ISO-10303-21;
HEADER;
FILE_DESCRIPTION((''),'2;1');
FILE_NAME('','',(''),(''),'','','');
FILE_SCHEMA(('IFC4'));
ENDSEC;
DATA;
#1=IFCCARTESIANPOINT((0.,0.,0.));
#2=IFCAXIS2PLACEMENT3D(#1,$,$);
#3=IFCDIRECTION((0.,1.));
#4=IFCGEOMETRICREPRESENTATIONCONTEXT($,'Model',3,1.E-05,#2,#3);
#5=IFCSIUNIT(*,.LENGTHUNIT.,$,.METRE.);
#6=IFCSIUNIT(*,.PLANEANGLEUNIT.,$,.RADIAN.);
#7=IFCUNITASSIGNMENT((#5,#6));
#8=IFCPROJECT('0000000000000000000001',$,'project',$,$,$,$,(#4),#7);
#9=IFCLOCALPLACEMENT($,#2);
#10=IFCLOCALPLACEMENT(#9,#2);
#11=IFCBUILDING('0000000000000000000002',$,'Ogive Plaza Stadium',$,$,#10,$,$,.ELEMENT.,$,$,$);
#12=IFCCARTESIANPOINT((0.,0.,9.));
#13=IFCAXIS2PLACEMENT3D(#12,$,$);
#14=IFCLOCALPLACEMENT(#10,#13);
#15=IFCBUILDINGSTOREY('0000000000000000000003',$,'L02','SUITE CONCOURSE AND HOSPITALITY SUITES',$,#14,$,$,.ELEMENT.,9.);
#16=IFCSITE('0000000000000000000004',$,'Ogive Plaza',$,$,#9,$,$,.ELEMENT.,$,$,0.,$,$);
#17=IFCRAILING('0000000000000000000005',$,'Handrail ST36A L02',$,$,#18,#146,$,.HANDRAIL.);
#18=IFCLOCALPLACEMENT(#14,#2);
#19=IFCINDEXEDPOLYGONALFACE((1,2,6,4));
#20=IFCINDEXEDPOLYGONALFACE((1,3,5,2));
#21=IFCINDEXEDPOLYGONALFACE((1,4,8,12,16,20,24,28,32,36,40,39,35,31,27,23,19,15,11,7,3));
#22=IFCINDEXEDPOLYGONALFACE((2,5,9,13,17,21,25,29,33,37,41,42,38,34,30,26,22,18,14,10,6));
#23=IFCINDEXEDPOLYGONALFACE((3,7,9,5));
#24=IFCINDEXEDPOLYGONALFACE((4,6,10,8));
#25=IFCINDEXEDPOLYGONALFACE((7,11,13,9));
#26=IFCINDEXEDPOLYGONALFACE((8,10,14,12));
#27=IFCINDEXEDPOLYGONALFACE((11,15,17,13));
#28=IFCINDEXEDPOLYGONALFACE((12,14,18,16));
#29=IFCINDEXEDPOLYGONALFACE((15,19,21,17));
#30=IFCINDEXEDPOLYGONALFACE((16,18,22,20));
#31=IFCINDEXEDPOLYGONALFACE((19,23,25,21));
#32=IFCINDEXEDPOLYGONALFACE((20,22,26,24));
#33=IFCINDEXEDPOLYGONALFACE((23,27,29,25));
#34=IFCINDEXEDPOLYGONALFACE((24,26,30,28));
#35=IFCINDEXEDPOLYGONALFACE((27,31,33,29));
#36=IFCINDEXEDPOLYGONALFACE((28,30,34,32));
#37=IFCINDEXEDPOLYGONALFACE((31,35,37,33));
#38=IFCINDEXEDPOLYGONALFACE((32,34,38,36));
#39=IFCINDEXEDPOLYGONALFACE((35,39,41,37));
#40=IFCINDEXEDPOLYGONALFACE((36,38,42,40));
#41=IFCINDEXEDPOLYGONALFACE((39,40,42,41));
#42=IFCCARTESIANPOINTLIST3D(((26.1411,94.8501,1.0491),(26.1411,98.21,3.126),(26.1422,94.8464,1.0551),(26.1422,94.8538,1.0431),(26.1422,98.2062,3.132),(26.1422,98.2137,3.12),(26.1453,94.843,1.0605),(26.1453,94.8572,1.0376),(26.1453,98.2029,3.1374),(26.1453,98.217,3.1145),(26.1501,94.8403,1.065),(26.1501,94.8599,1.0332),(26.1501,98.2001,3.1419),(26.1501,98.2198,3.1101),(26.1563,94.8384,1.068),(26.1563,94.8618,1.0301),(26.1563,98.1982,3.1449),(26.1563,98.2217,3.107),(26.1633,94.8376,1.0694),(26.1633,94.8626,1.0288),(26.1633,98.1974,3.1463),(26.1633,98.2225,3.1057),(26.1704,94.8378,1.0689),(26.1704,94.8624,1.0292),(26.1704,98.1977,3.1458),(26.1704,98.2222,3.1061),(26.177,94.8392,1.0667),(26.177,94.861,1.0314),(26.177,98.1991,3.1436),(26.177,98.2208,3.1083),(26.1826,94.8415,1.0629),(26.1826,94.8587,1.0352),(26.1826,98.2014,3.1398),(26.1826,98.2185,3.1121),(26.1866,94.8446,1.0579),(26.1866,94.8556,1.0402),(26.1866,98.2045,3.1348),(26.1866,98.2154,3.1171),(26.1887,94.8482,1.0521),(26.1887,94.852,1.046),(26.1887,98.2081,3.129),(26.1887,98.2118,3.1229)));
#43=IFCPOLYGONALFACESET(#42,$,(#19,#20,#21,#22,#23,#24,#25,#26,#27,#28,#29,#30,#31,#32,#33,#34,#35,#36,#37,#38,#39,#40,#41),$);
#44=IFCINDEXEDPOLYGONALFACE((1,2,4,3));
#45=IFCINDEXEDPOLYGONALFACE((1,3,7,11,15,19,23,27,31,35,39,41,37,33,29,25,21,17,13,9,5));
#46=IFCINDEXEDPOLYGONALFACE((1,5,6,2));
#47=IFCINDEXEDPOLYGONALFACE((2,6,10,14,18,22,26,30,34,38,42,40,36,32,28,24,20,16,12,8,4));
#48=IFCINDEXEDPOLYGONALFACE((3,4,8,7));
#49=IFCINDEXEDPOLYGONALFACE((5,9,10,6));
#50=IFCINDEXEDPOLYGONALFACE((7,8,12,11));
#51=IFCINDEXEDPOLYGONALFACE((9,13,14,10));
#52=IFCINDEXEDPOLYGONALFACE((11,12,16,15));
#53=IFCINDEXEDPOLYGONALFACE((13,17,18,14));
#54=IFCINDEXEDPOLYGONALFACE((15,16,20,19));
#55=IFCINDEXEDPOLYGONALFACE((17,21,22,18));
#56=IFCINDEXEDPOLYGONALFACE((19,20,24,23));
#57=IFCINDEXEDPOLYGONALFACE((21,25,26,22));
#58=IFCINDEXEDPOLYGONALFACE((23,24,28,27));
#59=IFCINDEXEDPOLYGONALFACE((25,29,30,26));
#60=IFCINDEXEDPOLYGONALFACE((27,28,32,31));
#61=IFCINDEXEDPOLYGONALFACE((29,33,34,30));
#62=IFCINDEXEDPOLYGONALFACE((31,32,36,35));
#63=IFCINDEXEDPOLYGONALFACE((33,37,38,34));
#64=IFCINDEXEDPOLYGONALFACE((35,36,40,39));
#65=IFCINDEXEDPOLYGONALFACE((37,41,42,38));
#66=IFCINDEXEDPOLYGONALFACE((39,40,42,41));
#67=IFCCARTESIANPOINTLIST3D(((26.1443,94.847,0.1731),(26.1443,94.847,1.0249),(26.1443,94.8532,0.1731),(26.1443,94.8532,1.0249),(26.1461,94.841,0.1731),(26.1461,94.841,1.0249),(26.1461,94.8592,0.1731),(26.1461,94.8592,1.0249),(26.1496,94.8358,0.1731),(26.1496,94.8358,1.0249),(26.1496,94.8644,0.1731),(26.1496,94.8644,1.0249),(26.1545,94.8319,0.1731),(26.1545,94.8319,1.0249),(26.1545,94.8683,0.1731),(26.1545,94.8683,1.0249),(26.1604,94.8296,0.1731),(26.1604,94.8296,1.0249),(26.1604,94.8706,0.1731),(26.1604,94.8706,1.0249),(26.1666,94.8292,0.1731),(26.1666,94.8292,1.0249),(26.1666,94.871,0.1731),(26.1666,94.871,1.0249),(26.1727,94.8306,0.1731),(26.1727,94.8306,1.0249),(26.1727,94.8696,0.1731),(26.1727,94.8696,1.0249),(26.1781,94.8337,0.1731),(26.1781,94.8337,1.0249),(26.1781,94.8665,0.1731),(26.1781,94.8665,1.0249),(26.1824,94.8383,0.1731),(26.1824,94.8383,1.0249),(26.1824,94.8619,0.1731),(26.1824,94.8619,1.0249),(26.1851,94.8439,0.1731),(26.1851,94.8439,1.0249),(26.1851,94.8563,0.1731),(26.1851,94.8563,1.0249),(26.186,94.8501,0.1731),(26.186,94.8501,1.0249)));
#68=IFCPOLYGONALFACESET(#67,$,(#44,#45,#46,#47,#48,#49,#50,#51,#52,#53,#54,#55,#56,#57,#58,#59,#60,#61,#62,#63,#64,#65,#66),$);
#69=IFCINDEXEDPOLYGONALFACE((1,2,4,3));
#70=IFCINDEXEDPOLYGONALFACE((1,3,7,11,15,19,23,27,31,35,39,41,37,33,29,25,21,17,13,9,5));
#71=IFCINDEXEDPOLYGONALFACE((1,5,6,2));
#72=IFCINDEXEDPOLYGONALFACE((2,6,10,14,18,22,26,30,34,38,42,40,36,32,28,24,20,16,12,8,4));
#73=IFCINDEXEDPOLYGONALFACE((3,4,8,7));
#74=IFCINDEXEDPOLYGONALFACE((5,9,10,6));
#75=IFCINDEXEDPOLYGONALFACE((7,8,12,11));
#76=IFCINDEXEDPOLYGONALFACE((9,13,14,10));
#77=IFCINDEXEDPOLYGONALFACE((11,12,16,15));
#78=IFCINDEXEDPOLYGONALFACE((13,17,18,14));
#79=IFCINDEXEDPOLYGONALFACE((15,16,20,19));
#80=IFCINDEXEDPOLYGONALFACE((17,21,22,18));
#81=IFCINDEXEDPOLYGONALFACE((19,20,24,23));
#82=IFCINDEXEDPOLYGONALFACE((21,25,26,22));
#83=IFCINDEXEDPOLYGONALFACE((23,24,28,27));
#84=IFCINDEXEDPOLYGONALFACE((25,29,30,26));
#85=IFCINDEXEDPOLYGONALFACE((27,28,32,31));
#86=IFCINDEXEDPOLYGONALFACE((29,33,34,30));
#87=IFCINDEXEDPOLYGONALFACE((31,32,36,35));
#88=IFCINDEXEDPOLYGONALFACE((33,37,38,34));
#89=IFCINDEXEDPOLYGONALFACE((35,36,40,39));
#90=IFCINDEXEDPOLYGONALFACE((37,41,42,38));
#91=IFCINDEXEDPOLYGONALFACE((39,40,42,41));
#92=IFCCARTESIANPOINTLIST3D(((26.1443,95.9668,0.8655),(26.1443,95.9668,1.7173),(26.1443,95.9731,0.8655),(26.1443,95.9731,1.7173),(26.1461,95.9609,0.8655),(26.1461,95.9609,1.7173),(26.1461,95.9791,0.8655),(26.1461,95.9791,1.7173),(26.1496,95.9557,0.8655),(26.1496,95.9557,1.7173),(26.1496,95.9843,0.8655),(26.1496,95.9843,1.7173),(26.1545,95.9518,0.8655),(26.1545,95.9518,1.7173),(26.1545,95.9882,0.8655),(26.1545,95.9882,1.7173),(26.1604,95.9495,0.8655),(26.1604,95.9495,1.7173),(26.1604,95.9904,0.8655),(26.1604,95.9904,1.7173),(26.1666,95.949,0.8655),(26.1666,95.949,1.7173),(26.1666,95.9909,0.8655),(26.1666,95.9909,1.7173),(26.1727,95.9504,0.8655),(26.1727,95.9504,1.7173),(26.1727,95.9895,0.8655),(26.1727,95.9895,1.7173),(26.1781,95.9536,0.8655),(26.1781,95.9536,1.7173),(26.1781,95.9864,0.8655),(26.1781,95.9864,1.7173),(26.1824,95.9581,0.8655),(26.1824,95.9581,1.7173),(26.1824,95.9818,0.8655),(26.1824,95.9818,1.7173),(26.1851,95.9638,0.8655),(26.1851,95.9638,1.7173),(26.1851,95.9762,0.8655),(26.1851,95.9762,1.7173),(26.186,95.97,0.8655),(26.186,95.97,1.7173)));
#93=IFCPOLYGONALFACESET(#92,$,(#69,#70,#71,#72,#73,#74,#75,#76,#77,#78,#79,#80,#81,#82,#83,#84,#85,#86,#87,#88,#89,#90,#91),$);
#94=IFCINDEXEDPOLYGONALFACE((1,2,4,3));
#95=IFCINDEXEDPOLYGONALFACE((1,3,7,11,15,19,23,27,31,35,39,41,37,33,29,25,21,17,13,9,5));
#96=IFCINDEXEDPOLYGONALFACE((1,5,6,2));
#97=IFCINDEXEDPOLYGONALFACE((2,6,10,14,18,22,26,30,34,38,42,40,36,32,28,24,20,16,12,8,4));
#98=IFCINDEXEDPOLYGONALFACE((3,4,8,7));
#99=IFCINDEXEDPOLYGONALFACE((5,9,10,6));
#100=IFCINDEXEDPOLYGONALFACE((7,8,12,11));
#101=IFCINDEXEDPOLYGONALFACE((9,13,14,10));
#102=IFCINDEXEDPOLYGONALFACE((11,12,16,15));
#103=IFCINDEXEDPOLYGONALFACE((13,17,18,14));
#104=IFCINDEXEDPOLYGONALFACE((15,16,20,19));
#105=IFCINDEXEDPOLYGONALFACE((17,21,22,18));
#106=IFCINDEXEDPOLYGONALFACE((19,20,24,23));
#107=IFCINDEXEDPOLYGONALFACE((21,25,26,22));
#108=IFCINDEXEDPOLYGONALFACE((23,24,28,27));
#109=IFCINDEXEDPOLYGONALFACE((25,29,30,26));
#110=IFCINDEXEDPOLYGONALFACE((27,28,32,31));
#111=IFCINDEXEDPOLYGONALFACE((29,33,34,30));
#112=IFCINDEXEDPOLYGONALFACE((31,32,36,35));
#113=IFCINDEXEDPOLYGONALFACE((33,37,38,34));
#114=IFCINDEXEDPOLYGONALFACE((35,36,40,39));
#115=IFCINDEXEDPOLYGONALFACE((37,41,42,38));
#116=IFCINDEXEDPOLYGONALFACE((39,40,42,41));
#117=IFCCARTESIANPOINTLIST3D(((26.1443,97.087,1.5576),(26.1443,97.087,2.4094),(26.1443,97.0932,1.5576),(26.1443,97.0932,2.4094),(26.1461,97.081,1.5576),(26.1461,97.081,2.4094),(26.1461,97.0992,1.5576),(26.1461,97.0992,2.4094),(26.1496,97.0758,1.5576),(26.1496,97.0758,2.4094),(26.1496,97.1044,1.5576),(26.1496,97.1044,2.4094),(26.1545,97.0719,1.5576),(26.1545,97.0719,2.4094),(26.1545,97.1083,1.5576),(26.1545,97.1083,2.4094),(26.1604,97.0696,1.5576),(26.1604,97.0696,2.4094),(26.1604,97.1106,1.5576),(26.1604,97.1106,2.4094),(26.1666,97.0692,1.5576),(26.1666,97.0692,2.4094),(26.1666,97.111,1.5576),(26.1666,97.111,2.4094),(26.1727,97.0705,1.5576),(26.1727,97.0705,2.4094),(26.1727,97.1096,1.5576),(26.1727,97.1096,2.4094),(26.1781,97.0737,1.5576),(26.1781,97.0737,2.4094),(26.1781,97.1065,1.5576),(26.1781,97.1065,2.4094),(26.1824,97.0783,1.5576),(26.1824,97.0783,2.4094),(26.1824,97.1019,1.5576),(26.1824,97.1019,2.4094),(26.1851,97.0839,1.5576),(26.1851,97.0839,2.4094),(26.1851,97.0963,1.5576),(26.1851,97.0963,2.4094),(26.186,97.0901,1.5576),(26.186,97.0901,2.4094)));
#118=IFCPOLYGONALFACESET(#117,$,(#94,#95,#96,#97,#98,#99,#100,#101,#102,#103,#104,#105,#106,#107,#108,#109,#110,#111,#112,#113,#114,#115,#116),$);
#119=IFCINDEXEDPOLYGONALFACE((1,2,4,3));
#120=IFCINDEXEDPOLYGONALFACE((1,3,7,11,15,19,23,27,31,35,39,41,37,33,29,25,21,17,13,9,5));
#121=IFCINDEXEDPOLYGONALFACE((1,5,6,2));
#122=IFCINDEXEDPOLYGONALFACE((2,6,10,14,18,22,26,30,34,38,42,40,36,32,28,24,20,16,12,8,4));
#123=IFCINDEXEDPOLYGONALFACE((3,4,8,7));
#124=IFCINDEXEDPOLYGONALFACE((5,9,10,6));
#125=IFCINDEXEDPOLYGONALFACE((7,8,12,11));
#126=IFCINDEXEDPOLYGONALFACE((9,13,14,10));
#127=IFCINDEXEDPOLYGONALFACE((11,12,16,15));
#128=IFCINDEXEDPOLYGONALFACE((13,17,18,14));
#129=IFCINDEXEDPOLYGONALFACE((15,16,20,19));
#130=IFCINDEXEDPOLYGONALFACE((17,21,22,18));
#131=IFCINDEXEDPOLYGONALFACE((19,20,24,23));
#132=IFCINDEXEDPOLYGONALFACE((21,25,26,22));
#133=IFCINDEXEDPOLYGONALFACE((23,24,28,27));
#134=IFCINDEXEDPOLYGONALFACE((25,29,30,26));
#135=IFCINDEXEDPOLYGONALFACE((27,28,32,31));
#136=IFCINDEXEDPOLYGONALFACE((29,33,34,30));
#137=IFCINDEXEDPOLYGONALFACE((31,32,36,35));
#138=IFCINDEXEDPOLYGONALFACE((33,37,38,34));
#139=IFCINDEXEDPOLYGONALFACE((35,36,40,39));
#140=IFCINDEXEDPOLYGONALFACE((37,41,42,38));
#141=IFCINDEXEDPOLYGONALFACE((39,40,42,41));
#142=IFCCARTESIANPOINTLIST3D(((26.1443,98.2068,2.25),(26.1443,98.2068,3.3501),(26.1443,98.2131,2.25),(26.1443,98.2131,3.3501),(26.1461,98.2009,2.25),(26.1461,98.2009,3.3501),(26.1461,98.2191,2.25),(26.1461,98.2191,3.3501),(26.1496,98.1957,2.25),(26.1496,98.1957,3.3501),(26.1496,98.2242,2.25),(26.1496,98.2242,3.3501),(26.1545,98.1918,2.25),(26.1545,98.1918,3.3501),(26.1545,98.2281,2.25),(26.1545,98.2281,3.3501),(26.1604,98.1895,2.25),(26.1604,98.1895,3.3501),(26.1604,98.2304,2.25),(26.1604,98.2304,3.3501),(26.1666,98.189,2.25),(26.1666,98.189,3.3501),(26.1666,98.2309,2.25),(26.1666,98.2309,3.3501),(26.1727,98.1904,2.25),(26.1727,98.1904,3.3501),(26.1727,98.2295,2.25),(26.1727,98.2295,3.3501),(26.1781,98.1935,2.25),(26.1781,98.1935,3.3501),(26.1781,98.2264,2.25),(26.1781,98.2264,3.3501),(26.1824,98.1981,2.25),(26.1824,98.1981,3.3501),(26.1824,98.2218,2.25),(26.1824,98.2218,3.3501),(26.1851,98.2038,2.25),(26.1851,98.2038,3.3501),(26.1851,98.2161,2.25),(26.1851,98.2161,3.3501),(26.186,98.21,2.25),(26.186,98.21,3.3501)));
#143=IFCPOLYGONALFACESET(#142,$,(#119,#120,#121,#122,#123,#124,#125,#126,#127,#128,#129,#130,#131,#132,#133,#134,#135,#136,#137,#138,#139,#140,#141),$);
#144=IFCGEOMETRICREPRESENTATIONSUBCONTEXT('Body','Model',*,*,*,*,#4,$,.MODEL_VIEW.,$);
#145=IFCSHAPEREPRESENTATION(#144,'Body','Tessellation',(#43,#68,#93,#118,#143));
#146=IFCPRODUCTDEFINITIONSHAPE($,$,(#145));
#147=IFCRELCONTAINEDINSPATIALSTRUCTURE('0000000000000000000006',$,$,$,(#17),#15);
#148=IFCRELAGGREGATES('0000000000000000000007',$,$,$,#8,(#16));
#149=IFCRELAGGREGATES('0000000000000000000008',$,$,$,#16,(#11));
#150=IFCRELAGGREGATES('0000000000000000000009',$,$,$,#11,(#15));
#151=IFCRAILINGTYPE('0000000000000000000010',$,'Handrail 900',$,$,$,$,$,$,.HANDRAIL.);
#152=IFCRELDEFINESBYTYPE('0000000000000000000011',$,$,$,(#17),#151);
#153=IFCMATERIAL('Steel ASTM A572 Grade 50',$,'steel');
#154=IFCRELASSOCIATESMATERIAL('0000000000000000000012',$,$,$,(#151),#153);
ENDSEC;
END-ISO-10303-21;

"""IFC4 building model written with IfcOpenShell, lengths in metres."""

from ifc_helpers import new_model, si_unit, direction, frame, origin, origin_2d, place, context, subcontext, project, spatial, circle, extrude, material, type_object, element, save


model = new_model("IFC4")

# Units and contexts
model_context = context("Model", 3, precision=1e-05, world=origin(), true_north=direction((0.0, 1.0)))
body_context = subcontext(model_context, "Body", "Model", "MODEL_VIEW")
ifc_project = project(units=[si_unit("LENGTHUNIT", "METRE"), si_unit("PLANEANGLEUNIT", "RADIAN")], contexts=[model_context])

# Site, building, storey
site_placement = place(None, origin())
site = spatial("IfcSite", under=ifc_project, at=site_placement, Name="Ogive Plaza", CompositionType="ELEMENT", RefElevation=0.0)
building_placement = place(site_placement, origin())
building = spatial("IfcBuilding", under=site, at=building_placement, Name="Ogive Plaza Stadium", CompositionType="ELEMENT")
storey_placement = place(building_placement, frame((0.0, 0.0, 9.0)))
storey = spatial("IfcBuildingStorey", under=building, at=storey_placement, Name="L02", Description="SUITE CONCOURSE AND HOSPITALITY SUITES", CompositionType="ELEMENT", Elevation=9.0)

# Railing
ifc_material_1 = material(Name="Steel ASTM A572 Grade 50", Category="steel")
railing_type_1 = type_object("IfcRailingType", Name="Handrail 900", PredefinedType="HANDRAIL", material=ifc_material_1)
for number, where, name in (
    (1, (26.165, 94.8501, 0.1731), "Handrail ST36A L02"),
):
    element("IfcRailing", number, at=place(storey_placement, frame(where)), inside=storey, type_object=railing_type_1, Name=name, PredefinedType="HANDRAIL", context=body_context, shape_type="SweptSolid", body=[
        extrude(circle(Radius=0.0239, at=origin_2d()), frame((0.0, 0.0, 0.876), z_axis=(0.0, 0.850606, 0.525803), x_axis=(-1.0, 0.0, 0.0)), (0.0, 0.0, 1.0), 3.95),
        extrude(circle(Radius=0.021, at=origin_2d()), origin(), (0.0, 0.0, 1.0), 0.8518),
        extrude(circle(Radius=0.021, at=origin_2d()), frame((0.0, 1.1199, 0.6924)), (0.0, 0.0, 1.0), 0.8518),
        extrude(circle(Radius=0.021, at=origin_2d()), frame((0.0, 2.24, 1.3845)), (0.0, 0.0, 1.0), 0.8518),
        extrude(circle(Radius=0.021, at=origin_2d()), frame((0.0, 3.3599, 2.0769)), (0.0, 0.0, 1.0), 1.1001),
    ])

save(model, "model.ifc")
